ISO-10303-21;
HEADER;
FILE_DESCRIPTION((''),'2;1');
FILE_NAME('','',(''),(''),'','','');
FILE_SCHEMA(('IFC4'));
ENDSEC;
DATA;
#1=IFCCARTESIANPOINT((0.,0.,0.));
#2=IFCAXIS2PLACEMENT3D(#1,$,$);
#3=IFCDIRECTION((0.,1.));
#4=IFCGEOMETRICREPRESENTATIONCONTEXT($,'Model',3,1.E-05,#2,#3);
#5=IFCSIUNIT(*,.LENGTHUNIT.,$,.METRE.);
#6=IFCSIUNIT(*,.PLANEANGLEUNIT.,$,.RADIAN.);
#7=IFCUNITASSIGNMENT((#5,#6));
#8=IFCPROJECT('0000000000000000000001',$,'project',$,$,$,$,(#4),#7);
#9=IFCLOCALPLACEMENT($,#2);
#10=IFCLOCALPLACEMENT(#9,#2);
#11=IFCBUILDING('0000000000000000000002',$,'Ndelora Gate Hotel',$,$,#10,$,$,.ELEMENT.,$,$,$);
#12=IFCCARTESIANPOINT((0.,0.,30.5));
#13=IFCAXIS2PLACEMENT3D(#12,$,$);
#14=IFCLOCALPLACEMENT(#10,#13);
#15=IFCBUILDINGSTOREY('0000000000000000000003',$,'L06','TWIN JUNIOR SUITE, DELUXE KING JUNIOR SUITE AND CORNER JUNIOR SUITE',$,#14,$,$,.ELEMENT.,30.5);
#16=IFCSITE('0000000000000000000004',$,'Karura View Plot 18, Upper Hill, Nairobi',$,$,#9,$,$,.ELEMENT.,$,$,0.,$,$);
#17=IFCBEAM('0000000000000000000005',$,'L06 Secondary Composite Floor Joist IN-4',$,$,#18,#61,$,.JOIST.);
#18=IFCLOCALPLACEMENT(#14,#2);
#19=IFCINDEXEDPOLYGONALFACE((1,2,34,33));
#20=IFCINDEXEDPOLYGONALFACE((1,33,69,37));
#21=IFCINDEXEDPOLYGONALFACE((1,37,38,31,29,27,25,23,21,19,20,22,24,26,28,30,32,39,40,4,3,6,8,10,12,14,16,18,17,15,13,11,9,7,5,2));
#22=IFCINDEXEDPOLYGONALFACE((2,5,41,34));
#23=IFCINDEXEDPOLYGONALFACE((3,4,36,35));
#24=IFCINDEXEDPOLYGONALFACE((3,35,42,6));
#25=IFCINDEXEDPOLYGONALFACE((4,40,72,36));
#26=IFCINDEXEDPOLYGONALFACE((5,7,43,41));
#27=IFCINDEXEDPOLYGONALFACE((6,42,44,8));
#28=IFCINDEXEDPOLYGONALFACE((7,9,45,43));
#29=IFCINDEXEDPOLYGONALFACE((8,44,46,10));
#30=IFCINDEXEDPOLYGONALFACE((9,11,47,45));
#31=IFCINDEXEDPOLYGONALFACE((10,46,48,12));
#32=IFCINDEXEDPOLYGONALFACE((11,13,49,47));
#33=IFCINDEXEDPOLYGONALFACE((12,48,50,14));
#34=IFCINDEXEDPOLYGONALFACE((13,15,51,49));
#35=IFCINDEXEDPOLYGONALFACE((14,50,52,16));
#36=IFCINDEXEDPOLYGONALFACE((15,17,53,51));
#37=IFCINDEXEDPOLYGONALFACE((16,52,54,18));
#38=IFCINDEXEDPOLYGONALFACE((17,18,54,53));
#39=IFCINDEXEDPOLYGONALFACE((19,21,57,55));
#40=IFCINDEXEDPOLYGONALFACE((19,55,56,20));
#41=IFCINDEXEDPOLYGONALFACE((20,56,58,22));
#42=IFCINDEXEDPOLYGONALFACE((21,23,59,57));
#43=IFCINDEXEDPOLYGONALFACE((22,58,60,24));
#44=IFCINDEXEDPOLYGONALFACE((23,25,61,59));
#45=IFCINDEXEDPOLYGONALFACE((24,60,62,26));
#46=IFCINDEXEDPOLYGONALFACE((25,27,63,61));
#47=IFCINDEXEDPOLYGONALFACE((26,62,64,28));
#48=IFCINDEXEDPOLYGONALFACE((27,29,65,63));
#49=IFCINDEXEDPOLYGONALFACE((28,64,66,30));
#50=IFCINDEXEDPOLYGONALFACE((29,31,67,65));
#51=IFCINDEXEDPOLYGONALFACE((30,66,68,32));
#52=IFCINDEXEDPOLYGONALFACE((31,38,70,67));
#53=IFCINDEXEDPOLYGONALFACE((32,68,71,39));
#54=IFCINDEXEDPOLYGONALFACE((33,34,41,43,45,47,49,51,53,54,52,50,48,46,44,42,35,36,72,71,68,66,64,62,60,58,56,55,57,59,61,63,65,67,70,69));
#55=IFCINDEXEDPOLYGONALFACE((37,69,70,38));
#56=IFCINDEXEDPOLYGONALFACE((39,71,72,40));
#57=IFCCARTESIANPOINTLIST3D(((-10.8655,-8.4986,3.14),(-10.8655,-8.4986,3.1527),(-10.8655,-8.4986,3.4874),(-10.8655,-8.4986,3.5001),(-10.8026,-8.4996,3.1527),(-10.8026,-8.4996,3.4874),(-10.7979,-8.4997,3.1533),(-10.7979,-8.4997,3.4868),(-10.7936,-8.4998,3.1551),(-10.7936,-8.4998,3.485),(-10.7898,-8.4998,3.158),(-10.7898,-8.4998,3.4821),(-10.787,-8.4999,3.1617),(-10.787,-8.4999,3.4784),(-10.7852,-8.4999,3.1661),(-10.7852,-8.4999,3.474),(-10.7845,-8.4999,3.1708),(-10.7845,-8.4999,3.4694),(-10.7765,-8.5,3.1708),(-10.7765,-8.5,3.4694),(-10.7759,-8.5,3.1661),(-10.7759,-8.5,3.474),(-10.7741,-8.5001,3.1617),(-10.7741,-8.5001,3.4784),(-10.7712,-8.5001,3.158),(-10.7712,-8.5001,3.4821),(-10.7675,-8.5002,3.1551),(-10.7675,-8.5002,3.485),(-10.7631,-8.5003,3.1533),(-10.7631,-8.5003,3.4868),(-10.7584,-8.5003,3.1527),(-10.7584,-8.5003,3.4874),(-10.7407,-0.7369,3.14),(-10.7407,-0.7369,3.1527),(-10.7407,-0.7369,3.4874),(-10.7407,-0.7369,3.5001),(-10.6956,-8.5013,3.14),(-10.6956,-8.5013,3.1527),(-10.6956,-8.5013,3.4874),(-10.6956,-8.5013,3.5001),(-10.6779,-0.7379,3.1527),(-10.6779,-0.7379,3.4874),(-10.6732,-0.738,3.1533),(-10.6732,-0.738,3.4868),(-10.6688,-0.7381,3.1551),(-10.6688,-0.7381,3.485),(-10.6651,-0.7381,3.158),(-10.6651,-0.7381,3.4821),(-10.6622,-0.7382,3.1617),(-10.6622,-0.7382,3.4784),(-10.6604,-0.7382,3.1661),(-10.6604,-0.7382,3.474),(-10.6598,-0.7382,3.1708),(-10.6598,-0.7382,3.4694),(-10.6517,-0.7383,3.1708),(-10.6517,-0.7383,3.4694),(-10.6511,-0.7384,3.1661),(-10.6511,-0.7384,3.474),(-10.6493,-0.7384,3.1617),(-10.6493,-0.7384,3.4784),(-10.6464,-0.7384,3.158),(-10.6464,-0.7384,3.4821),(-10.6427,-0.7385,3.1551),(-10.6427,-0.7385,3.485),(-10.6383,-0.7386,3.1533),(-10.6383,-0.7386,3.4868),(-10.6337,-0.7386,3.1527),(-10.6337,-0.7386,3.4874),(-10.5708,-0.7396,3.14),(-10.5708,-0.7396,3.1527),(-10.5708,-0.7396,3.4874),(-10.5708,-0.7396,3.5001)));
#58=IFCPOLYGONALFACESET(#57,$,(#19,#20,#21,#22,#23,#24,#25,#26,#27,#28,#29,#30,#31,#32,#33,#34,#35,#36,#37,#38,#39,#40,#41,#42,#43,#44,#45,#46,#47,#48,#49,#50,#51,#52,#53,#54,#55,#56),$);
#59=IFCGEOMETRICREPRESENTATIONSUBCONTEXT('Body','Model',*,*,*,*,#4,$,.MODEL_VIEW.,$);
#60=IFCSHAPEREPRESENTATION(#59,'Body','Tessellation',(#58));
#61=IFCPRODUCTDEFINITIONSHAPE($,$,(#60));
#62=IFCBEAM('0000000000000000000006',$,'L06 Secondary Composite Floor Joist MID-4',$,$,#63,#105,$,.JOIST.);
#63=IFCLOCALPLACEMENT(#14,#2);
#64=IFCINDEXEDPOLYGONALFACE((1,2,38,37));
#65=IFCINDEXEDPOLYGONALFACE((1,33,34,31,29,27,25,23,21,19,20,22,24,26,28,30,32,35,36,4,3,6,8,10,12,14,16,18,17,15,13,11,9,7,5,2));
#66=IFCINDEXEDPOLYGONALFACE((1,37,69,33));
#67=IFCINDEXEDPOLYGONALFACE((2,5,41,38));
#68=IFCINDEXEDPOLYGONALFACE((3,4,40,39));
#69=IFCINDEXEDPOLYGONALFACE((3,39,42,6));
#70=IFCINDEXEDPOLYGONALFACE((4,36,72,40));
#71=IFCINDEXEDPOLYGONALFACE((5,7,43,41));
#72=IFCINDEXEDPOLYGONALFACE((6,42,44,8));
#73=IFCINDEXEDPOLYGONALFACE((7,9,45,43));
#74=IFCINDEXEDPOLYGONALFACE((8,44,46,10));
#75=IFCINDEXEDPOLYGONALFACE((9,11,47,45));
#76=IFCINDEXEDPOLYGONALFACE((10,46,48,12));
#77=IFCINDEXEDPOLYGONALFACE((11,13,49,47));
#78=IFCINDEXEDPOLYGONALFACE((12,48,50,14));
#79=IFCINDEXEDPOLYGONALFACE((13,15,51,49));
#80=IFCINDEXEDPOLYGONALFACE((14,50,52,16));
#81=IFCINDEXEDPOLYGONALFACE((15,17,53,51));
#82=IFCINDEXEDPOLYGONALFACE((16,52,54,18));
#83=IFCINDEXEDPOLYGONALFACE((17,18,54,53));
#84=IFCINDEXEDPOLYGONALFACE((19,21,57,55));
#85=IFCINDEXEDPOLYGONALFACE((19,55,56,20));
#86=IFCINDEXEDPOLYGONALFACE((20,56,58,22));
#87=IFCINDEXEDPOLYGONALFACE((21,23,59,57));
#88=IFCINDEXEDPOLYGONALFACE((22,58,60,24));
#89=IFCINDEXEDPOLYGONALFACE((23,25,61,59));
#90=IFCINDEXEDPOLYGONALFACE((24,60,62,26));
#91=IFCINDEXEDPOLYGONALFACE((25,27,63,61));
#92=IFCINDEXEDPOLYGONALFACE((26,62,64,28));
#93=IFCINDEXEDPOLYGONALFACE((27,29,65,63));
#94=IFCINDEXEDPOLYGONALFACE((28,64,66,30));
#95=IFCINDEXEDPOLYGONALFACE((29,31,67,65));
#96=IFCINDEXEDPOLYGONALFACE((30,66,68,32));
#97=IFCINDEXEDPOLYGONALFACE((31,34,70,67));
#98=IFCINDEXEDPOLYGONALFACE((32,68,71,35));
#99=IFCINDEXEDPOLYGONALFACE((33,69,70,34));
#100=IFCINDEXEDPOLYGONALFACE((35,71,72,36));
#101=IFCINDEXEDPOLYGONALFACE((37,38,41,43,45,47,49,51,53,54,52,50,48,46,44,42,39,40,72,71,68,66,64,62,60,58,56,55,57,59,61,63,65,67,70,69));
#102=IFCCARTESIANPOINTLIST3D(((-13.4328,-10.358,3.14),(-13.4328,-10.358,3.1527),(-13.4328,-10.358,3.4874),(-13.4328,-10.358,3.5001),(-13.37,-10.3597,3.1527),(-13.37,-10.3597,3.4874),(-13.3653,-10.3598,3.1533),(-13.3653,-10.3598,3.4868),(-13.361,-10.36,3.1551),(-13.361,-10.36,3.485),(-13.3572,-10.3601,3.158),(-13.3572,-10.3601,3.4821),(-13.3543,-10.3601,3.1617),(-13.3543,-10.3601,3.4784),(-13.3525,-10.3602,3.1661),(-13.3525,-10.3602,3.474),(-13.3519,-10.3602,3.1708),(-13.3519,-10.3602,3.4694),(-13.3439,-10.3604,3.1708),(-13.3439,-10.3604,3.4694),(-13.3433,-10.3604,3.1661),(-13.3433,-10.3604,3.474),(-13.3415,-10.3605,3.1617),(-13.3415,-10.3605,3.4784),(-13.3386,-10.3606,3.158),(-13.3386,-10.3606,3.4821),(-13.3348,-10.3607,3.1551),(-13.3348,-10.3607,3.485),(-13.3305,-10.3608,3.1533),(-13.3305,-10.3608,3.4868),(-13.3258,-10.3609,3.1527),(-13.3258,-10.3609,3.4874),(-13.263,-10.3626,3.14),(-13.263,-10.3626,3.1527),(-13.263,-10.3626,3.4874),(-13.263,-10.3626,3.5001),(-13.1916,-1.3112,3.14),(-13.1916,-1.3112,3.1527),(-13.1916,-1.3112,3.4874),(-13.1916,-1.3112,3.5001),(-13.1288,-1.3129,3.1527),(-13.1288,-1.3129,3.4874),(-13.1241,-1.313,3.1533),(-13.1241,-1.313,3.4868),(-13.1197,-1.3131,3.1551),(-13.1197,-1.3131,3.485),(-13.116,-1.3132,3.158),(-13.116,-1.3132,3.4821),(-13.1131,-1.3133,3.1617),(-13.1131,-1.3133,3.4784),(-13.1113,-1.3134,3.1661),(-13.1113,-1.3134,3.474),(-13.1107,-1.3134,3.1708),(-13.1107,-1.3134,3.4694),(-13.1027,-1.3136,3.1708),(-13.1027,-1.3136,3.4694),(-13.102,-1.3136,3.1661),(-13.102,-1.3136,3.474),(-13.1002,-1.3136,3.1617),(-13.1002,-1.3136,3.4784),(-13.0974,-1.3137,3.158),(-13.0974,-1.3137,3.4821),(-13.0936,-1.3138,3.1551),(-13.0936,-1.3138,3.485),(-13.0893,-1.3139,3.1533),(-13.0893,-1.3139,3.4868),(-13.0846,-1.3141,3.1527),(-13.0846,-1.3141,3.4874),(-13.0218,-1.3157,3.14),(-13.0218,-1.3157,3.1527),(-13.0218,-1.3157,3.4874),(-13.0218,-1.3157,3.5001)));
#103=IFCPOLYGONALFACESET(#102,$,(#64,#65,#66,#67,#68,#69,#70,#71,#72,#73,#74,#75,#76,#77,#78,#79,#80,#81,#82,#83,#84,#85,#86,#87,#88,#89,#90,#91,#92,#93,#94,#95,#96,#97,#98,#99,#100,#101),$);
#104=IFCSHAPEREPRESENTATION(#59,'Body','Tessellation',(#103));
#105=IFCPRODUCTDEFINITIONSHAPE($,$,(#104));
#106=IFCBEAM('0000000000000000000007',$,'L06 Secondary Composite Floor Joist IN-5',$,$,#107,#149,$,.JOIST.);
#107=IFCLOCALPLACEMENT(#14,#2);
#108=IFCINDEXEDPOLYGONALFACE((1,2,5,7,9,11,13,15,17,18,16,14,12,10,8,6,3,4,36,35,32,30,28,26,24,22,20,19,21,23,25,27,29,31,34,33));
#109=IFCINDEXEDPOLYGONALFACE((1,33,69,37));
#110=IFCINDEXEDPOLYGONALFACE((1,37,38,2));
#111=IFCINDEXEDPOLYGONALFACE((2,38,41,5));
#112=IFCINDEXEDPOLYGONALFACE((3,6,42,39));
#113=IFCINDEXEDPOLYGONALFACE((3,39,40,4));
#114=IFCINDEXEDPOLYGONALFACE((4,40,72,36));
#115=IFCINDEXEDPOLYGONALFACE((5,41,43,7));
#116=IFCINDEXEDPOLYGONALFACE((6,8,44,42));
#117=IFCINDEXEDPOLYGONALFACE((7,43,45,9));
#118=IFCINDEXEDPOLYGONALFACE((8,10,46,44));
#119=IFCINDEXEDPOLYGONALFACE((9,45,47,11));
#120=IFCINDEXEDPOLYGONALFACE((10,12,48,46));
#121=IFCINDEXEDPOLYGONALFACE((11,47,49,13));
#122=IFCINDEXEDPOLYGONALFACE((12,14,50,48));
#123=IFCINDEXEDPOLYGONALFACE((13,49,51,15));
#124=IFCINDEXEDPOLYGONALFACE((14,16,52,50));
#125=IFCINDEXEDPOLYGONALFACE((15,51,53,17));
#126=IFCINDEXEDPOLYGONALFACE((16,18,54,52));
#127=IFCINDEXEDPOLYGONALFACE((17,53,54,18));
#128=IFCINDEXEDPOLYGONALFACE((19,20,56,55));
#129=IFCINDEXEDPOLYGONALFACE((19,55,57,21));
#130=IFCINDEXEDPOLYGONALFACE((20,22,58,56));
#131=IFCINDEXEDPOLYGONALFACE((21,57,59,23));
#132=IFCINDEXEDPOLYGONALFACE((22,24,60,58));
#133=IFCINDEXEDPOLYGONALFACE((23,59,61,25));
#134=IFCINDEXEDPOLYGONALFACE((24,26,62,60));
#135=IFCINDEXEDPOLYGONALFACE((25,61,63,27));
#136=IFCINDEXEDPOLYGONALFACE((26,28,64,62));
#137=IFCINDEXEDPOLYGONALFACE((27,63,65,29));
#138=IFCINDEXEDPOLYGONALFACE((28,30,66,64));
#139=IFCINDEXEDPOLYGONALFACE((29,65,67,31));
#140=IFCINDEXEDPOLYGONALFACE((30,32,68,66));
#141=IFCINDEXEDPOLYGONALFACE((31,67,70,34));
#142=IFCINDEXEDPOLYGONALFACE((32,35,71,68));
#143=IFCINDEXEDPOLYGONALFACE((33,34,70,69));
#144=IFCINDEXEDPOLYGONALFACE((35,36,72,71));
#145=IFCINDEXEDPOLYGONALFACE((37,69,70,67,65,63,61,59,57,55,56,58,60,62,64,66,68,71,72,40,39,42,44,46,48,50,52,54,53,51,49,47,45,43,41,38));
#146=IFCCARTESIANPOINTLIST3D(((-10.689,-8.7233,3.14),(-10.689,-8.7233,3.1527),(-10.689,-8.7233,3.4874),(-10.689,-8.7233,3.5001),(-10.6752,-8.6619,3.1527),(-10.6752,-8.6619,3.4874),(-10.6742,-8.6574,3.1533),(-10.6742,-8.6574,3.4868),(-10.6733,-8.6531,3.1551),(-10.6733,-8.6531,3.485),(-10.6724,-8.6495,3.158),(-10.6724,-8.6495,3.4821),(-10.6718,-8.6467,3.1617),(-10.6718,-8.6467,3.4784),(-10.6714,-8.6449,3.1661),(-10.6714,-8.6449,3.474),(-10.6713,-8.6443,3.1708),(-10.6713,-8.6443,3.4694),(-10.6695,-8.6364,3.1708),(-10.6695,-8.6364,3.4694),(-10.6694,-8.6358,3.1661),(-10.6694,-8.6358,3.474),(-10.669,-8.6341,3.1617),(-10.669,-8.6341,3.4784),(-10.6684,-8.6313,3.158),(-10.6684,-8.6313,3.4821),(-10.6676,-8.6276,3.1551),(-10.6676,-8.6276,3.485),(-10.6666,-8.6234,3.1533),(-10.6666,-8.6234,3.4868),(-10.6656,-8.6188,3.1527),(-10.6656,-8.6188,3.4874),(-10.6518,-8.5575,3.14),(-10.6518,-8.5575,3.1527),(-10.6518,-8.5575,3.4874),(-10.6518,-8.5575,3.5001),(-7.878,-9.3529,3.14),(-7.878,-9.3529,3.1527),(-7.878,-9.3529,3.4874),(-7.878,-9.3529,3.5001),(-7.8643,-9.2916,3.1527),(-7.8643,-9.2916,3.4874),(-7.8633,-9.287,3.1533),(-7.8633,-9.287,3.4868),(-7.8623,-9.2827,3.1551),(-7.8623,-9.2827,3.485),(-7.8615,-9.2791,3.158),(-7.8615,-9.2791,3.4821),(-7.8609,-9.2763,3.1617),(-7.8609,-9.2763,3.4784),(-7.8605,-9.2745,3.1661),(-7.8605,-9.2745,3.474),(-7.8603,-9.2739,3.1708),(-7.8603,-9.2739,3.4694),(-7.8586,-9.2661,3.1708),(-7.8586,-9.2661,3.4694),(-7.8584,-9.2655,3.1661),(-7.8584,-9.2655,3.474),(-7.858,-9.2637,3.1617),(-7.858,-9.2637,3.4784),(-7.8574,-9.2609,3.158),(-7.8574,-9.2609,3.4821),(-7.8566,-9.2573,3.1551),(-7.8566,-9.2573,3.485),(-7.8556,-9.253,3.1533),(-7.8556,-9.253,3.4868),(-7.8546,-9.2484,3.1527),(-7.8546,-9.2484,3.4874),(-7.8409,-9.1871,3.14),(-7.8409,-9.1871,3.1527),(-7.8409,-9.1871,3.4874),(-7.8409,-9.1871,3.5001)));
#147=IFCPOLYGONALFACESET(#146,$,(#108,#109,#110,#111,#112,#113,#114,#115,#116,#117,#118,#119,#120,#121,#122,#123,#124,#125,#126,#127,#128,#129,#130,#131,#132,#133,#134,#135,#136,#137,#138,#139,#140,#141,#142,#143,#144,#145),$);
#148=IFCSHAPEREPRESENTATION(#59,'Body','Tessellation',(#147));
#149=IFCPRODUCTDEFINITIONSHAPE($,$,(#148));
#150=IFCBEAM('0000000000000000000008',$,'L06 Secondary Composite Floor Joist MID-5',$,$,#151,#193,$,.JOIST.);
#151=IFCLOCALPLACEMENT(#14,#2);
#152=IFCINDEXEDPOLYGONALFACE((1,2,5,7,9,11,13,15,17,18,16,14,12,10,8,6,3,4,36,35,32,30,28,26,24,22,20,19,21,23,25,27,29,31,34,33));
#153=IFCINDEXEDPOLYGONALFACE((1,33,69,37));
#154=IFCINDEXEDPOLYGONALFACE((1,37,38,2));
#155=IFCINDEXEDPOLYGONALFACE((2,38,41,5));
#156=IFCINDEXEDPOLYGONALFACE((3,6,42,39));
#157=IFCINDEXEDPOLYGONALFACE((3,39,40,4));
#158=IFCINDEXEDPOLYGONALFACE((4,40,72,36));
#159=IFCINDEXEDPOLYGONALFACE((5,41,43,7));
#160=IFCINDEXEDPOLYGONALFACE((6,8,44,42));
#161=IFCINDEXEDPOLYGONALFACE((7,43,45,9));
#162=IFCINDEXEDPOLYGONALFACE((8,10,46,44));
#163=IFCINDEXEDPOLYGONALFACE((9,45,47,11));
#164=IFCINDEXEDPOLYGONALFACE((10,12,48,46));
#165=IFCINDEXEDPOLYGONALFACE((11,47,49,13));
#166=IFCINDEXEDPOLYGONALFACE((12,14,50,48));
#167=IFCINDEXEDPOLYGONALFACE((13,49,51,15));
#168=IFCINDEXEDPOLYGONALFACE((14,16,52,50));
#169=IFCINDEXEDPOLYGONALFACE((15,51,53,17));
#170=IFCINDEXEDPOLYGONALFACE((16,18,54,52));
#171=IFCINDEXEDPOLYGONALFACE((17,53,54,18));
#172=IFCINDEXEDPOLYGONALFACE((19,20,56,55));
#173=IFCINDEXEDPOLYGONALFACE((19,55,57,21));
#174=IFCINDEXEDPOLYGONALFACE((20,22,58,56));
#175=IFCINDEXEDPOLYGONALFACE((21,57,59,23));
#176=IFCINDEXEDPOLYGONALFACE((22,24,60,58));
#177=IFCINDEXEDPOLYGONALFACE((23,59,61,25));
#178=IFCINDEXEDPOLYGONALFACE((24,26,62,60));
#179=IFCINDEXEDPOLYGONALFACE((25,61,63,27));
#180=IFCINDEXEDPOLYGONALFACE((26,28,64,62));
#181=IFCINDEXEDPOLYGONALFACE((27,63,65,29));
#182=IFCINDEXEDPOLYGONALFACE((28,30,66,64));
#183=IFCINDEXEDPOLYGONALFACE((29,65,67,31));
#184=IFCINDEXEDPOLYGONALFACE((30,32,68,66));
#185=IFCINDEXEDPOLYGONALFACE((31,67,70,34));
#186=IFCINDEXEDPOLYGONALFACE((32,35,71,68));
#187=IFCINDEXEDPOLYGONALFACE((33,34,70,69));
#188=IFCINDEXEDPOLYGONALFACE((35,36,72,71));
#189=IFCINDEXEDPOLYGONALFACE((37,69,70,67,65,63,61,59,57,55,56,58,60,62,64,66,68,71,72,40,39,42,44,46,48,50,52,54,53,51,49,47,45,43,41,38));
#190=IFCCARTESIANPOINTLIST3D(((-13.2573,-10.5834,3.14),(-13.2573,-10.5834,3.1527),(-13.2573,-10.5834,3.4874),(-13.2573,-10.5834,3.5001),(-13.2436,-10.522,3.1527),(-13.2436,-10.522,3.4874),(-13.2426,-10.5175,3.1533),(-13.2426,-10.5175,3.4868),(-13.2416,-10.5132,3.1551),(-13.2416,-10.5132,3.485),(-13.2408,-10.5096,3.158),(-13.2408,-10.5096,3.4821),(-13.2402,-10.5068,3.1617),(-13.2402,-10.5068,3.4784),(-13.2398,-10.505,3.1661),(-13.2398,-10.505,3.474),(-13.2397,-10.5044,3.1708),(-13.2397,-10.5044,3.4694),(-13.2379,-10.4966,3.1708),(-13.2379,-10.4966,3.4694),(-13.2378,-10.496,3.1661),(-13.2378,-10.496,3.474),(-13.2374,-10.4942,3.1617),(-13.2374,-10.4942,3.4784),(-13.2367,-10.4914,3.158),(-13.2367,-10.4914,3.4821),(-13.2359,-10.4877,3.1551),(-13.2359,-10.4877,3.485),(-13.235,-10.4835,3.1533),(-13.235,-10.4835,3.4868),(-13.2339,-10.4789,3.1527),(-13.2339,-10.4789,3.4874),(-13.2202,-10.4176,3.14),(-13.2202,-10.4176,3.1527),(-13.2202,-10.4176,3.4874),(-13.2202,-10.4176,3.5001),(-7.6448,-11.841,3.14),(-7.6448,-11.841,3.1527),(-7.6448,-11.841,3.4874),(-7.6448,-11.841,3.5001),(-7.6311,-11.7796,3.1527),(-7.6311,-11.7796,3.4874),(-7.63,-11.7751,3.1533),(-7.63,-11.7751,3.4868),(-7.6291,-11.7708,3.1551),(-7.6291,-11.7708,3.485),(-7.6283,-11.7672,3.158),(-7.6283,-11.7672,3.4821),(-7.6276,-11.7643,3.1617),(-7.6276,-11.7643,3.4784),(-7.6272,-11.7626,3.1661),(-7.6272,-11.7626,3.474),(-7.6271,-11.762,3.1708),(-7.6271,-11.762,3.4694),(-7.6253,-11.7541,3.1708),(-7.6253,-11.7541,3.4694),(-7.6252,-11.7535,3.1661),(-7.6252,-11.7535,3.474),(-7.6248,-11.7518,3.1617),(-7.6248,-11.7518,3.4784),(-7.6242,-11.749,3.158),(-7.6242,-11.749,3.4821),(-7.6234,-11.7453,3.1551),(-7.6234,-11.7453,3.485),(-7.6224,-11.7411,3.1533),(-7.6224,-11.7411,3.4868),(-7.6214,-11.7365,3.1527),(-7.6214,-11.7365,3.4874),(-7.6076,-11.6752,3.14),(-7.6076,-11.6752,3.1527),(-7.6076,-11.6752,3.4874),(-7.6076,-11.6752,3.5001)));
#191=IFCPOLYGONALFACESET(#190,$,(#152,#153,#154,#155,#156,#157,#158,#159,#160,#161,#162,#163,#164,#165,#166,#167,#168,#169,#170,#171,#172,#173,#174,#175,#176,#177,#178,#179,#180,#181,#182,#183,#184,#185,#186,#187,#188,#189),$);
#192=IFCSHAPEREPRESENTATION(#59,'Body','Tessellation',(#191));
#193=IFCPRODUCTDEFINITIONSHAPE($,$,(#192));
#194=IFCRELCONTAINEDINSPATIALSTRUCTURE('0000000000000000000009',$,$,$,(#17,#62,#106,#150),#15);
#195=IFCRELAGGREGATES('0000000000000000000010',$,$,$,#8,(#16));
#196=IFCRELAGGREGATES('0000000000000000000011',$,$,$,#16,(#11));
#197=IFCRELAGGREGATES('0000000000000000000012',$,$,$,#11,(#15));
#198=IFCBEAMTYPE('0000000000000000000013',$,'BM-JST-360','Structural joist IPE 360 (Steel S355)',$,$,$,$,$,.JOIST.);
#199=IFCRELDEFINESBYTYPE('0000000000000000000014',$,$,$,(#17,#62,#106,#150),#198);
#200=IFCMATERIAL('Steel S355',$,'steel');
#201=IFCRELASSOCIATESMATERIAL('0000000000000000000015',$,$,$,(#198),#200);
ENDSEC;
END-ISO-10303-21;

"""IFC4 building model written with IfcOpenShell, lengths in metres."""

from ifc_helpers import new_model, si_unit, direction, frame, origin, origin_2d, place, context, subcontext, project, spatial, i_section, extrude, material, material_profile, profile_set, type_object, element, save


model = new_model("IFC4")

# Units and contexts
model_context = context("Model", 3, precision=1e-05, world=origin(), true_north=direction((0.0, 1.0)))
body_context = subcontext(model_context, "Body", "Model", "MODEL_VIEW")
ifc_project = project(units=[si_unit("LENGTHUNIT", "METRE"), si_unit("PLANEANGLEUNIT", "RADIAN")], contexts=[model_context])

# Site, building, storey
site_placement = place(None, origin())
site = spatial("IfcSite", under=ifc_project, at=site_placement, Name="Karura View Plot 18, Upper Hill, Nairobi", CompositionType="ELEMENT", RefElevation=0.0)
building_placement = place(site_placement, origin())
building = spatial("IfcBuilding", under=site, at=building_placement, Name="Ndelora Gate Hotel", CompositionType="ELEMENT")
storey_placement = place(building_placement, frame((0.0, 0.0, 30.5)))
storey = spatial("IfcBuildingStorey", under=building, at=storey_placement, Name="L06", Description="TWIN JUNIOR SUITE, DELUXE KING JUNIOR SUITE AND CORNER JUNIOR SUITE", CompositionType="ELEMENT", Elevation=30.5)

# Beams
ifc_material_1 = material(Name="Steel S355", Category="steel")
ifc_material_profile = material_profile(ifc_material_1, i_section(OverallWidth=0.1699, OverallDepth=0.3601, WebThickness=0.0081, FlangeThickness=0.0127, FilletRadius=0.0181, at=origin_2d()), Name="IPE 360")
ifc_profile_set = profile_set([ifc_material_profile], Name="Steel S355")
beam_type = type_object("IfcBeamType", Name="BM-JST-360", Description="Structural joist IPE 360 (Steel S355)", PredefinedType="JOIST", material=ifc_profile_set)
beam_1_placement = place(storey_placement, frame((-10.6558, -0.7383, 3.3201), z_axis=(-0.016071, -0.999871, 0.0), x_axis=(0.999871, -0.016071, 0.0)))
element("IfcBeam", 1, at=beam_1_placement, inside=storey, type_object=beam_type, Name="L06 Secondary Composite Floor Joist IN-4", PredefinedType="JOIST", context=body_context, shape_type="SweptSolid", body=[
    extrude(i_section(OverallWidth=0.1699, OverallDepth=0.3601, WebThickness=0.0081, FlangeThickness=0.0127, FilletRadius=0.0181, at=origin_2d()), origin(), (0.0, 0.0, 1.0), 7.7627),
])
beam_2_placement = place(storey_placement, frame((-13.1067, -1.3135, 3.3201), z_axis=(-0.026653, -0.999645, 0.0), x_axis=(0.999645, -0.026653, 0.0)))
element("IfcBeam", 2, at=beam_2_placement, inside=storey, type_object=beam_type, Name="L06 Secondary Composite Floor Joist MID-4", PredefinedType="JOIST", context=body_context, shape_type="SweptSolid", body=[
    extrude(i_section(OverallWidth=0.1699, OverallDepth=0.3601, WebThickness=0.0081, FlangeThickness=0.0127, FilletRadius=0.0181, at=origin_2d()), origin(), (0.0, 0.0, 1.0), 9.05),
])
beam_3_placement = place(storey_placement, frame((-10.6704, -8.6404, 3.3201), z_axis=(0.975821, -0.218572, 0.0), x_axis=(0.218572, 0.975821, 0.0)))
element("IfcBeam", 3, at=beam_3_placement, inside=storey, type_object=beam_type, Name="L06 Secondary Composite Floor Joist IN-5", PredefinedType="JOIST", context=body_context, shape_type="SweptSolid", body=[
    extrude(i_section(OverallWidth=0.1699, OverallDepth=0.3601, WebThickness=0.0081, FlangeThickness=0.0127, FilletRadius=0.0181, at=origin_2d()), origin(), (0.0, 0.0, 1.0), 2.8806),
])
beam_4_placement = place(storey_placement, frame((-13.2388, -10.5005, 3.3201), z_axis=(0.975805, -0.218642, 0.0), x_axis=(0.218642, 0.975805, 0.0)))
element("IfcBeam", 4, at=beam_4_placement, inside=storey, type_object=beam_type, Name="L06 Secondary Composite Floor Joist MID-5", PredefinedType="JOIST", context=body_context, shape_type="SweptSolid", body=[
    extrude(i_section(OverallWidth=0.1699, OverallDepth=0.3601, WebThickness=0.0081, FlangeThickness=0.0127, FilletRadius=0.0181, at=origin_2d()), origin(), (0.0, 0.0, 1.0), 5.7517),
])

save(model, "model.ifc")
